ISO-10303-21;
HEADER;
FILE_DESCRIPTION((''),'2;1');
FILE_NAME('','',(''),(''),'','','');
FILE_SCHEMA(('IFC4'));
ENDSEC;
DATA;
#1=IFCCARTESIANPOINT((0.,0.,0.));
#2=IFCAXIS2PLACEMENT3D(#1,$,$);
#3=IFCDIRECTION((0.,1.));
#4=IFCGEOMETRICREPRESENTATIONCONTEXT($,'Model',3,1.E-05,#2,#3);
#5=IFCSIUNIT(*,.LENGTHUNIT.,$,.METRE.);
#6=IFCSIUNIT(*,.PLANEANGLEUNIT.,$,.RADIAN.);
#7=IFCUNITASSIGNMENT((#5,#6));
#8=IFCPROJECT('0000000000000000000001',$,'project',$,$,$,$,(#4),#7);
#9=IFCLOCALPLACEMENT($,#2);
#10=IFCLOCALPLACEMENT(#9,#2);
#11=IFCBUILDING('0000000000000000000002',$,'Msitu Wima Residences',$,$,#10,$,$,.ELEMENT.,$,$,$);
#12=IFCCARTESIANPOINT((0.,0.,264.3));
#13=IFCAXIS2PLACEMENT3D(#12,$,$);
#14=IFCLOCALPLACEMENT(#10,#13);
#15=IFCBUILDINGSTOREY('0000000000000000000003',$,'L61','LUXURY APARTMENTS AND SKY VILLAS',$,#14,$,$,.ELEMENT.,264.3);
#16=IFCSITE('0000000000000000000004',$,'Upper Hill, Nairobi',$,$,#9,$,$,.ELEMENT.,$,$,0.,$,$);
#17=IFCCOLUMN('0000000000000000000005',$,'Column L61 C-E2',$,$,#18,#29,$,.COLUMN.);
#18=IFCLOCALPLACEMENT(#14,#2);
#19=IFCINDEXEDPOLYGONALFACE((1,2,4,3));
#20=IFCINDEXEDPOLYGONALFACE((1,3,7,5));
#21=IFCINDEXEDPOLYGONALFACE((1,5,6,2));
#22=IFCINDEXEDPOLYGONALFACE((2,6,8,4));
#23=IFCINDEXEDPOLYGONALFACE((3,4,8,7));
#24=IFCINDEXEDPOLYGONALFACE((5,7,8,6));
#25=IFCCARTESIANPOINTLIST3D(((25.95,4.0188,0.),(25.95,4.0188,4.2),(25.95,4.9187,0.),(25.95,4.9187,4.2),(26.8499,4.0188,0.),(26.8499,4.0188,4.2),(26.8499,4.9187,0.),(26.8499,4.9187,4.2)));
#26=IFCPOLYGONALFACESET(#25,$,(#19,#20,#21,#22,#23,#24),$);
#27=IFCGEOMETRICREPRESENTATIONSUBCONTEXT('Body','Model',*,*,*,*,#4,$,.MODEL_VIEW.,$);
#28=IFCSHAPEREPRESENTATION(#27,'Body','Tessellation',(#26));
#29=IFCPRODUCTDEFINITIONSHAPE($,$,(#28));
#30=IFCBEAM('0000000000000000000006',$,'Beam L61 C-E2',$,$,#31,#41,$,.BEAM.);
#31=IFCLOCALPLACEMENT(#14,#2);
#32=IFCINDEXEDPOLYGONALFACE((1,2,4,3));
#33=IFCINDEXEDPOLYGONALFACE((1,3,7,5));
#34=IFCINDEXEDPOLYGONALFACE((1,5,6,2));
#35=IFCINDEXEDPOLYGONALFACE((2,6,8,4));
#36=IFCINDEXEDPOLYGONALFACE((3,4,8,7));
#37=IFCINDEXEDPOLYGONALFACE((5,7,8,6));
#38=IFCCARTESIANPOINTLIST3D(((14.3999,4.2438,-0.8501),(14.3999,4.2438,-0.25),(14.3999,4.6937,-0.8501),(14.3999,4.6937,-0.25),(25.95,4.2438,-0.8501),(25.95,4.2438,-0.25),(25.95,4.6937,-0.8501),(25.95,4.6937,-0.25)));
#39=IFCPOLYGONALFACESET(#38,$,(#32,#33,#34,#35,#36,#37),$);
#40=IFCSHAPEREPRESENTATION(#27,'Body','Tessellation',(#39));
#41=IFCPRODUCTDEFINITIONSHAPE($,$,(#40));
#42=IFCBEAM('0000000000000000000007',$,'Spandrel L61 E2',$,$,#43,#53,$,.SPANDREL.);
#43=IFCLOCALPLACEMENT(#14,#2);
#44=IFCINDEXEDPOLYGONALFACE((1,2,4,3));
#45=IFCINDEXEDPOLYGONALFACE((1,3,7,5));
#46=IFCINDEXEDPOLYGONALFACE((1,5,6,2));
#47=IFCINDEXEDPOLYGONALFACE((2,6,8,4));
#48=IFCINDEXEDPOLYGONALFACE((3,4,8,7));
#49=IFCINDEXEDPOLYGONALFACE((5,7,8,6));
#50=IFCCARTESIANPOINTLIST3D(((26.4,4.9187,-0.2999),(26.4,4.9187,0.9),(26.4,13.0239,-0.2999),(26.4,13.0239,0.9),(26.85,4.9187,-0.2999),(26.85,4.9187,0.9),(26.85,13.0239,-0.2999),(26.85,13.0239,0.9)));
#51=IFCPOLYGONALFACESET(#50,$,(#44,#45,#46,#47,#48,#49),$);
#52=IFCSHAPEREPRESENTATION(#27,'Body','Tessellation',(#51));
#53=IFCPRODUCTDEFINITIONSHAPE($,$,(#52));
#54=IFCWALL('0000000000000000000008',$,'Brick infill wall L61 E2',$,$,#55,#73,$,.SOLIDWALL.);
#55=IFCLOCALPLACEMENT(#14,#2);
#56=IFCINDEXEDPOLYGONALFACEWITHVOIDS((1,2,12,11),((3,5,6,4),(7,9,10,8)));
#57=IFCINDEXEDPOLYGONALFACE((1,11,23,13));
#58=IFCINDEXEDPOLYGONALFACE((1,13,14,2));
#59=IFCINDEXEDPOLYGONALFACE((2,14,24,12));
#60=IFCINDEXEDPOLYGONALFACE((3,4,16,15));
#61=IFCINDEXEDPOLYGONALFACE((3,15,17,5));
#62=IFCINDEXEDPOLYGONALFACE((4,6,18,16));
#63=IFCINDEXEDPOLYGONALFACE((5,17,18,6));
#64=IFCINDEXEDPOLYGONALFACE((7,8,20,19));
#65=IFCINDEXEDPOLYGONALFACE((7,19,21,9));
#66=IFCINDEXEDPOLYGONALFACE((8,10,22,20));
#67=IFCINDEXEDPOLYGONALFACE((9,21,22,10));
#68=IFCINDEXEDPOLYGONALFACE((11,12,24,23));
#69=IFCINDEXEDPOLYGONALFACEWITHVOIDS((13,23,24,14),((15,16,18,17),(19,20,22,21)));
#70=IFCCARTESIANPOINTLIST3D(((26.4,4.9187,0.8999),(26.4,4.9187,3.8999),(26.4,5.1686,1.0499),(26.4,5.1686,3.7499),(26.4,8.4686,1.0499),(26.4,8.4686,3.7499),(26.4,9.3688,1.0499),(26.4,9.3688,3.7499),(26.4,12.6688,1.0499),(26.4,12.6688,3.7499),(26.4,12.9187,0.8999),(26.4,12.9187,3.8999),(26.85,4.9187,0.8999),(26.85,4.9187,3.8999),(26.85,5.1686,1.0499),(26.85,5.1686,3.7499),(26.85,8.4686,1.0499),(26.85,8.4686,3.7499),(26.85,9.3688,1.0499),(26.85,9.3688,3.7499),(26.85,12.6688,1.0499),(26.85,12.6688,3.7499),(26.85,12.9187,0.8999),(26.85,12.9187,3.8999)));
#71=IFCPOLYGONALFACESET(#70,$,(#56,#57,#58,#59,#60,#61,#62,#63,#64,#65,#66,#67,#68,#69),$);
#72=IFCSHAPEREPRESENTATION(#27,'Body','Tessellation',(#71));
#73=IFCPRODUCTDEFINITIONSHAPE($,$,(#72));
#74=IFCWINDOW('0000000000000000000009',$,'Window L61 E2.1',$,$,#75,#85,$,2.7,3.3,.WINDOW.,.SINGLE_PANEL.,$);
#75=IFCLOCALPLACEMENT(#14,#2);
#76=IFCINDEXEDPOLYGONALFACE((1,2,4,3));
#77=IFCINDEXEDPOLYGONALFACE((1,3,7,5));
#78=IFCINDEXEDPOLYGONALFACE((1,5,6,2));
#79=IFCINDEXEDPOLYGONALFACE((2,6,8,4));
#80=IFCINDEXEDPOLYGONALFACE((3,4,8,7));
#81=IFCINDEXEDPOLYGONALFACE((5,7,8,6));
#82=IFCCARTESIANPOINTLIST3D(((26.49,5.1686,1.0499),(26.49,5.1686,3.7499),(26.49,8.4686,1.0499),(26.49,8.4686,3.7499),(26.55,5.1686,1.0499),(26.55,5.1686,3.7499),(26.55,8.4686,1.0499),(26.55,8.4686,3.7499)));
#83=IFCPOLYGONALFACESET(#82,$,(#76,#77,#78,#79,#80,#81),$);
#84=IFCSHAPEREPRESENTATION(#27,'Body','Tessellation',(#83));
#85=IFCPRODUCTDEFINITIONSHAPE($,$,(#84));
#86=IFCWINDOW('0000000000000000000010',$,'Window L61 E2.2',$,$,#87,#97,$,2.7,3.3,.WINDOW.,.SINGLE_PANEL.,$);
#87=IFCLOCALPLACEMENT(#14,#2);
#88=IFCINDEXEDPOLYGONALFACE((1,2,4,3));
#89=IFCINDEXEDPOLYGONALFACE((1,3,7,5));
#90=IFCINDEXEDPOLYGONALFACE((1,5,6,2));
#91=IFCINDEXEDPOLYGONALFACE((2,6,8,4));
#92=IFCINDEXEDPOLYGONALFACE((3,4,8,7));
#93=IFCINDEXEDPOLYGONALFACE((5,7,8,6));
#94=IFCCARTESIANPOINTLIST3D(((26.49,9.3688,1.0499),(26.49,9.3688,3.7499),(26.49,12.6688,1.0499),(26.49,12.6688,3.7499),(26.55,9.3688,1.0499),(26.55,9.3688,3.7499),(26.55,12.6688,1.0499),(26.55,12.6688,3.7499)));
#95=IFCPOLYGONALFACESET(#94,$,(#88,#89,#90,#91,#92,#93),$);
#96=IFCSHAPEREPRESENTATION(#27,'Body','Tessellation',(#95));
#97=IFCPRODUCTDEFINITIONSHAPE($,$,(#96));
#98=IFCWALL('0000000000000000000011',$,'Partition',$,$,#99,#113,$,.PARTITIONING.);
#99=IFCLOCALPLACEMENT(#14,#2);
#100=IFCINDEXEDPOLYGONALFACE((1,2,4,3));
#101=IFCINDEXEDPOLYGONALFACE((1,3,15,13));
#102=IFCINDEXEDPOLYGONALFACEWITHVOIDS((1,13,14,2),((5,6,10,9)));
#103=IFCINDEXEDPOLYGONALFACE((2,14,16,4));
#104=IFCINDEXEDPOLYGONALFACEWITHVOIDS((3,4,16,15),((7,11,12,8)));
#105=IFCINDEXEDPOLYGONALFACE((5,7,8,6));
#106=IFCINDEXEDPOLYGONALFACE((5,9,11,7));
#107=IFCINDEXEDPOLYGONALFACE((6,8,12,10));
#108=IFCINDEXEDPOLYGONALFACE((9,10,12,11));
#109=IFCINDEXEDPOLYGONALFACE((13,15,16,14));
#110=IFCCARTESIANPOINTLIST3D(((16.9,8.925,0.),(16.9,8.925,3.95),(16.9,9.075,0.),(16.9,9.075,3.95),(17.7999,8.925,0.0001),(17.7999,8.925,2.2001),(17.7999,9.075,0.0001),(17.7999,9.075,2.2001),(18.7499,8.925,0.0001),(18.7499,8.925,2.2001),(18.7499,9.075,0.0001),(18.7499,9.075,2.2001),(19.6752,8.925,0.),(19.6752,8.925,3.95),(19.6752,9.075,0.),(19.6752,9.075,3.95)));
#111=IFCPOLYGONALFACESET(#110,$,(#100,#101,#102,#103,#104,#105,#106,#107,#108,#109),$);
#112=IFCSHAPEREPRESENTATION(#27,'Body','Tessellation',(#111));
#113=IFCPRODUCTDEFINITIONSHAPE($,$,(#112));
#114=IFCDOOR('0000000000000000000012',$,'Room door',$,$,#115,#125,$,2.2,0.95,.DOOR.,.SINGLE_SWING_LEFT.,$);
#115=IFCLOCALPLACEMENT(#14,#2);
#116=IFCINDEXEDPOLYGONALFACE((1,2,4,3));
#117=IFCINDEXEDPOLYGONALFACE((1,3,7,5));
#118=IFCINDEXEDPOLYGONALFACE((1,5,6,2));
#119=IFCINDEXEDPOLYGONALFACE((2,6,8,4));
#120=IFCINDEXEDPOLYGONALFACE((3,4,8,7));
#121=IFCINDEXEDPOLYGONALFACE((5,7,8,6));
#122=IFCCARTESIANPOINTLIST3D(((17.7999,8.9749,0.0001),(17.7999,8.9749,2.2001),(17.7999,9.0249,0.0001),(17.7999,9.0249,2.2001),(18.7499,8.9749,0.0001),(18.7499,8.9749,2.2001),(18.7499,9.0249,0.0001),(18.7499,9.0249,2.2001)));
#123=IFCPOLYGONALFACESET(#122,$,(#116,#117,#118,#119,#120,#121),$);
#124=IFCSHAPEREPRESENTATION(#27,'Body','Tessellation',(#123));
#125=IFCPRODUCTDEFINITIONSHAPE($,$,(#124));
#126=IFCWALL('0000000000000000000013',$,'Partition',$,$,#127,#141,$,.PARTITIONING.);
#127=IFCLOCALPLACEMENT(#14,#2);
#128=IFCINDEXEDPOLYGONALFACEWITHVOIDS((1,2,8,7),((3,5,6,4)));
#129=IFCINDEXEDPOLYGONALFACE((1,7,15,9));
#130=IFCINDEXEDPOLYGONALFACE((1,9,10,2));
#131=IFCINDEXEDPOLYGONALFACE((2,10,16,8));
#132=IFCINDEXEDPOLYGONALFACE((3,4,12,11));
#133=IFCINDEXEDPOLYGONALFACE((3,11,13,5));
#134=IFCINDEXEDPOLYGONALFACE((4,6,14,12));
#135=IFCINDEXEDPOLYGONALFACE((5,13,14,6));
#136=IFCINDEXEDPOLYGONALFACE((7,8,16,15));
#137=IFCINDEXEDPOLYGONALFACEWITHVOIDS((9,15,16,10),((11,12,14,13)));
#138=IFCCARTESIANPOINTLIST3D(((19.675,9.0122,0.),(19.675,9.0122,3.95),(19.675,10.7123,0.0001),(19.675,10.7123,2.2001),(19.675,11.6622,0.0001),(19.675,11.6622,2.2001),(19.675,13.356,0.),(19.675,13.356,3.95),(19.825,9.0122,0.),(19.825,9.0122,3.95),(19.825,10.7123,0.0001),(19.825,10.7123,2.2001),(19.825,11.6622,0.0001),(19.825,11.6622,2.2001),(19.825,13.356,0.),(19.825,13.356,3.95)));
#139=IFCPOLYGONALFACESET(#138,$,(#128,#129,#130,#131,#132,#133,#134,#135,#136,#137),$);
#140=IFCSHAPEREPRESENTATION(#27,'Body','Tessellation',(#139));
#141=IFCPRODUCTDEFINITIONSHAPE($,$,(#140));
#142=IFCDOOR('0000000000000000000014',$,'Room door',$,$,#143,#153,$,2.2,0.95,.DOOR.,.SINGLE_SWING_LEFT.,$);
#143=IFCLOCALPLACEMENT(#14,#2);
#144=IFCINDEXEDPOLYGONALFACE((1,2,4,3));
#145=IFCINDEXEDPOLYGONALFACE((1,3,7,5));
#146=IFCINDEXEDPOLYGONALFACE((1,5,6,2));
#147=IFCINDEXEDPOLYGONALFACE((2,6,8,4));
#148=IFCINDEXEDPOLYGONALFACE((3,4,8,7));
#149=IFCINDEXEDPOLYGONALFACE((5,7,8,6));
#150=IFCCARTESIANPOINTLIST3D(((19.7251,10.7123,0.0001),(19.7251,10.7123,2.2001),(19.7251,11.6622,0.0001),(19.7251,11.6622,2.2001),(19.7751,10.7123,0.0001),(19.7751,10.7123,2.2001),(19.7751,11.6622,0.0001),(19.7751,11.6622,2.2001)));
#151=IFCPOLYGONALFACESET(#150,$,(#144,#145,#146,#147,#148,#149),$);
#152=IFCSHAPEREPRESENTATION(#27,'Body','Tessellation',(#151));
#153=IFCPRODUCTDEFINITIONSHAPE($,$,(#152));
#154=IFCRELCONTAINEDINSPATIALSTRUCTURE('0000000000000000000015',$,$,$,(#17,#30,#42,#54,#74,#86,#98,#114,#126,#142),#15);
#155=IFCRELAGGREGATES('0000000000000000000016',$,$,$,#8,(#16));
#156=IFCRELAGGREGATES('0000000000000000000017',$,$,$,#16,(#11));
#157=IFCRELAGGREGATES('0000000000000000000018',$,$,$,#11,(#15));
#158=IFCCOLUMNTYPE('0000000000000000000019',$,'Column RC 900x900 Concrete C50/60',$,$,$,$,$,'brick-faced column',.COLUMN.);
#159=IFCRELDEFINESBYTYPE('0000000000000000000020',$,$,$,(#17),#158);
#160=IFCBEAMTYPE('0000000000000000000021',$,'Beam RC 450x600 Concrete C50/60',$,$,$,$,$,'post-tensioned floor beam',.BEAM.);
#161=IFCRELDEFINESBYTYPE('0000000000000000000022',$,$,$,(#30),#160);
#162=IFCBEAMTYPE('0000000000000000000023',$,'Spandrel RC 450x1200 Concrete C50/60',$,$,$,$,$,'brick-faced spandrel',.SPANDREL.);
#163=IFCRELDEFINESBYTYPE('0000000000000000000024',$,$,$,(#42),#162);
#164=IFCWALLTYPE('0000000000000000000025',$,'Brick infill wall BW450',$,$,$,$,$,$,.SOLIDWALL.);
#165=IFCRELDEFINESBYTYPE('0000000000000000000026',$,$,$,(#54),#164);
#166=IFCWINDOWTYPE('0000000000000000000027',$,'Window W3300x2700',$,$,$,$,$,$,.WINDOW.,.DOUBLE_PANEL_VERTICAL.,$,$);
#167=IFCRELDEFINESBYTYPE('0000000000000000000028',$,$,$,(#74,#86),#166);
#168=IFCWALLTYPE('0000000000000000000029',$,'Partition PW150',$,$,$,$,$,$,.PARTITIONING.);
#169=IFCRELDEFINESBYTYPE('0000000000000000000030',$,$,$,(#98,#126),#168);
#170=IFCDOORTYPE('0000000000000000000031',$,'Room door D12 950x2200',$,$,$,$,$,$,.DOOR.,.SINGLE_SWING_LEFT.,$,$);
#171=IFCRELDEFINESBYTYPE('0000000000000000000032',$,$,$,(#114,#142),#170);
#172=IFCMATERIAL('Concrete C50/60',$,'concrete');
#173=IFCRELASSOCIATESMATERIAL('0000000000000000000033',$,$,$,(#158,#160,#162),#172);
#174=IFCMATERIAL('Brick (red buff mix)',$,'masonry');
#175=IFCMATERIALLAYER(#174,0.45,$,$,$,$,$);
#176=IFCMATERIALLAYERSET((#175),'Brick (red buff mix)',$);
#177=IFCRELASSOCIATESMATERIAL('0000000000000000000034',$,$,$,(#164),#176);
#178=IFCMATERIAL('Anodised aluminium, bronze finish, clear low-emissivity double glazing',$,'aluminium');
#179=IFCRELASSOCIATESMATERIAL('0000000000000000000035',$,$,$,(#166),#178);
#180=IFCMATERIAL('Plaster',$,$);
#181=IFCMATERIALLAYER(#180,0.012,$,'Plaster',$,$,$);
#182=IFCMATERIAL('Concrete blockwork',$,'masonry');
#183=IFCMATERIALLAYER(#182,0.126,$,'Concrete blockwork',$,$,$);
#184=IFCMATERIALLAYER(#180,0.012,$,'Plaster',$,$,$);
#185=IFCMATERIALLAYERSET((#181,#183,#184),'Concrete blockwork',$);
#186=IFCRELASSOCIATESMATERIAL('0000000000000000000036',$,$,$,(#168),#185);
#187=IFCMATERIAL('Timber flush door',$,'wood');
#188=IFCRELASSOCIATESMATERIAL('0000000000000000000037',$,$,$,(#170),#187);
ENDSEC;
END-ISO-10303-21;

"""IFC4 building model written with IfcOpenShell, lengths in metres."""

from ifc_helpers import new_model, si_unit, direction, frame, frame_2d, origin, origin_2d, place, context, subcontext, project, spatial, rectangle, extrude, material, layer, layer_set, material_profile, profile_set, type_object, element, fill, save


model = new_model("IFC4")

# Units and contexts
model_context = context("Model", 3, precision=1e-05, world=origin(), true_north=direction((0.0, 1.0)))
body_context = subcontext(model_context, "Body", "Model", "MODEL_VIEW")
ifc_project = project(units=[si_unit("LENGTHUNIT", "METRE"), si_unit("PLANEANGLEUNIT", "RADIAN")], contexts=[model_context])

# Site, building, storey
site_placement = place(None, origin())
site = spatial("IfcSite", under=ifc_project, at=site_placement, Name="Upper Hill, Nairobi", CompositionType="ELEMENT", RefElevation=0.0)
building_placement = place(site_placement, origin())
building = spatial("IfcBuilding", under=site, at=building_placement, Name="Msitu Wima Residences", CompositionType="ELEMENT")
storey_placement = place(building_placement, frame((0.0, 0.0, 264.3)))
storey = spatial("IfcBuildingStorey", under=building, at=storey_placement, Name="L61", Description="LUXURY APARTMENTS AND SKY VILLAS", CompositionType="ELEMENT", Elevation=264.3)

# Column
ifc_material_1 = material(Name="Concrete C50/60", Category="concrete")
ifc_material_profile_1 = material_profile(ifc_material_1, rectangle(XDim=0.8999, YDim=0.8999, at=origin_2d()), Name="RC 900x900")
ifc_profile_set_1 = profile_set([ifc_material_profile_1], Name="Concrete C50/60")
column_type = type_object("IfcColumnType", Name="Column RC 900x900 Concrete C50/60", ElementType="brick-faced column", PredefinedType="COLUMN", material=ifc_profile_set_1)
column_placement = place(storey_placement, frame((26.3999, 4.4688, 0.0), z_axis=(0.0, 0.0, 1.0), x_axis=(0.0, 1.0, 0.0)))
element("IfcColumn", 1, at=column_placement, inside=storey, type_object=column_type, Name="Column L61 C-E2", PredefinedType="COLUMN", context=body_context, shape_type="SweptSolid", body=[
    extrude(rectangle(XDim=0.8999, YDim=0.8999, at=origin_2d()), origin(), (0.0, 0.0, 1.0), 4.2),
])

# Beams
ifc_material_profile_2 = material_profile(ifc_material_1, rectangle(XDim=0.45, YDim=0.6001, at=origin_2d()), Name="RC 450x600")
ifc_profile_set_2 = profile_set([ifc_material_profile_2], Name="Concrete C50/60")
beam_type_1 = type_object("IfcBeamType", Name="Beam RC 450x600 Concrete C50/60", ElementType="post-tensioned floor beam", PredefinedType="BEAM", material=ifc_profile_set_2)
beam_1_placement = place(storey_placement, frame((25.95, 4.4688, -0.55), z_axis=(-1.0, 0.0, 0.0), x_axis=(0.0, -1.0, 0.0)))
element("IfcBeam", 2, at=beam_1_placement, inside=storey, type_object=beam_type_1, Name="Beam L61 C-E2", PredefinedType="BEAM", context=body_context, shape_type="SweptSolid", body=[
    extrude(rectangle(XDim=0.45, YDim=0.6001, at=origin_2d()), origin(), (0.0, 0.0, 1.0), 11.55),
])
ifc_material_profile_3 = material_profile(ifc_material_1, rectangle(XDim=0.45, YDim=1.2, at=origin_2d()), Name="RC 450x1200")
ifc_profile_set_3 = profile_set([ifc_material_profile_3], Name="Concrete C50/60")
beam_type_2 = type_object("IfcBeamType", Name="Spandrel RC 450x1200 Concrete C50/60", ElementType="brick-faced spandrel", PredefinedType="SPANDREL", material=ifc_profile_set_3)
beam_2_placement = place(storey_placement, frame((26.625, 4.9187, 0.3), z_axis=(0.0, 1.0, 0.0), x_axis=(-1.0, 0.0, 0.0)))
element("IfcBeam", 3, at=beam_2_placement, inside=storey, type_object=beam_type_2, Name="Spandrel L61 E2", PredefinedType="SPANDREL", context=body_context, shape_type="SweptSolid", body=[
    extrude(rectangle(XDim=0.45, YDim=1.2, at=origin_2d()), origin(), (0.0, 0.0, 1.0), 8.1052),
])

# Wall, openings, windows
ifc_material_2 = material(Name="Brick (red buff mix)", Category="masonry")
ifc_layer_1 = layer(ifc_material_2, 0.45)
ifc_layer_set_1 = layer_set([ifc_layer_1], Name="Brick (red buff mix)")
wall_type_1 = type_object("IfcWallType", Name="Brick infill wall BW450", PredefinedType="SOLIDWALL", material=ifc_layer_set_1)
wall_1_placement = place(storey_placement, frame((26.625, 4.9187, 0.8999), z_axis=(0.0, 0.0, 1.0), x_axis=(0.0, 1.0, 0.0)))
wall_1 = element("IfcWall", 4, at=wall_1_placement, inside=storey, type_object=wall_type_1, Name="Brick infill wall L61 E2", PredefinedType="SOLIDWALL", context=body_context, shape_type="SweptSolid", body=[
    extrude(rectangle(XDim=8.0, YDim=0.45, at=frame_2d((4.0, 0.0))), origin(), (0.0, 0.0, 1.0), 3.0),
])
opening_1_placement = place(wall_1_placement, frame((0.25, 0.0, 0.1499)))
opening_1 = element("IfcOpeningElement", 5, at=opening_1_placement, cuts=wall_1, PredefinedType="OPENING", context=body_context, shape_type="SweptSolid", body=[
    extrude(rectangle(XDim=3.3, YDim=2.7, at=frame_2d((1.6499, 1.3501))), frame((0.0, 0.2349, 0.0), z_axis=(0.0, -1.0, 0.0), x_axis=(1.0, 0.0, 0.0)), (0.0, 0.0, 1.0), 0.47),
])
opening_2_placement = place(wall_1_placement, frame((4.4502, 0.0, 0.1499)))
opening_2 = element("IfcOpeningElement", 6, at=opening_2_placement, cuts=wall_1, PredefinedType="OPENING", context=body_context, shape_type="SweptSolid", body=[
    extrude(rectangle(XDim=3.3, YDim=2.7, at=frame_2d((1.6499, 1.3501))), frame((0.0, 0.2349, 0.0), z_axis=(0.0, -1.0, 0.0), x_axis=(1.0, 0.0, 0.0)), (0.0, 0.0, 1.0), 0.47),
])
ifc_material_3 = material(Name="Anodised aluminium, bronze finish, clear low-emissivity double glazing", Category="aluminium")
window_type = type_object("IfcWindowType", Name="Window W3300x2700", PartitioningType="DOUBLE_PANEL_VERTICAL", PredefinedType="WINDOW", material=ifc_material_3)
window_1_placement = place(opening_1_placement, origin())
window_1 = element("IfcWindow", 7, at=window_1_placement, inside=storey, type_object=window_type, Name="Window L61 E2.1", OverallHeight=2.7, OverallWidth=3.3, PartitioningType="SINGLE_PANEL", PredefinedType="WINDOW", context=body_context, shape_type="SweptSolid", body=[
    extrude(rectangle(XDim=3.3, YDim=2.7, at=frame_2d((1.6499, 1.3501))), frame((0.0, 0.135, 0.0), z_axis=(0.0, -1.0, 0.0), x_axis=(1.0, 0.0, 0.0)), (0.0, 0.0, 1.0), 0.0601),
])
fill(opening_1, window_1)
window_2_placement = place(opening_2_placement, origin())
window_2 = element("IfcWindow", 8, at=window_2_placement, inside=storey, type_object=window_type, Name="Window L61 E2.2", OverallHeight=2.7, OverallWidth=3.3, PartitioningType="SINGLE_PANEL", PredefinedType="WINDOW", context=body_context, shape_type="SweptSolid", body=[
    extrude(rectangle(XDim=3.3, YDim=2.7, at=frame_2d((1.6499, 1.3501))), frame((0.0, 0.135, 0.0), z_axis=(0.0, -1.0, 0.0), x_axis=(1.0, 0.0, 0.0)), (0.0, 0.0, 1.0), 0.0601),
])
fill(opening_2, window_2)

# Walls, openings, doors
ifc_material_4 = material(Name="Plaster")
ifc_layer_2 = layer(ifc_material_4, 0.012, Name="Plaster")
ifc_material_5 = material(Name="Concrete blockwork", Category="masonry")
ifc_layer_3 = layer(ifc_material_5, 0.126, Name="Concrete blockwork")
ifc_layer_4 = layer(ifc_material_4, 0.012, Name="Plaster")
ifc_layer_set_2 = layer_set([ifc_layer_2, ifc_layer_3, ifc_layer_4], Name="Concrete blockwork")
wall_type_2 = type_object("IfcWallType", Name="Partition PW150", PredefinedType="PARTITIONING", material=ifc_layer_set_2)
wall_2_placement = place(storey_placement, frame((16.8999, 9.0, 0.0), z_axis=(0.0, 0.0, 1.0), x_axis=(1.0, 0.0, 0.0)))
wall_2 = element("IfcWall", 9, at=wall_2_placement, inside=storey, type_object=wall_type_2, Name="Partition", PredefinedType="PARTITIONING", context=body_context, shape_type="SweptSolid", body=[
    extrude(rectangle(XDim=2.7751, YDim=0.1499, at=frame_2d((1.3877, 0.0))), origin(), (0.0, 0.0, 1.0), 3.95),
])
opening_3_placement = place(wall_2_placement, frame((0.8999, 0.0, 0.0)))
opening_3 = element("IfcOpeningElement", 10, at=opening_3_placement, cuts=wall_2, PredefinedType="OPENING", context=body_context, shape_type="SweptSolid", body=[
    extrude(rectangle(XDim=0.95, YDim=2.2, at=frame_2d((0.4751, 1.1001))), frame((0.0, 0.085, 0.0), z_axis=(0.0, -1.0, 0.0), x_axis=(1.0, 0.0, 0.0)), (0.0, 0.0, 1.0), 0.1699),
])
ifc_material_6 = material(Name="Timber flush door", Category="wood")
door_type_1 = type_object("IfcDoorType", Name="Room door D12 950x2200", OperationType="SINGLE_SWING_LEFT", PredefinedType="DOOR", material=ifc_material_6)
door_1_placement = place(opening_3_placement, origin())
door_1 = element("IfcDoor", 11, at=door_1_placement, inside=storey, type_object=door_type_1, Name="Room door", OperationType="SINGLE_SWING_LEFT", OverallHeight=2.2, OverallWidth=0.95, PredefinedType="DOOR", context=body_context, shape_type="SweptSolid", body=[
    extrude(rectangle(XDim=0.95, YDim=2.2, at=frame_2d((0.4751, 1.1001))), frame((0.0, 0.0249, 0.0), z_axis=(0.0, -1.0, 0.0), x_axis=(1.0, 0.0, 0.0)), (0.0, 0.0, 1.0), 0.05),
])
fill(opening_3, door_1)
wall_3_placement = place(storey_placement, frame((19.75, 9.0122, 0.0), z_axis=(0.0, 0.0, 1.0), x_axis=(0.0, 1.0, 0.0)))
wall_3 = element("IfcWall", 12, at=wall_3_placement, inside=storey, type_object=wall_type_2, Name="Partition", PredefinedType="PARTITIONING", context=body_context, shape_type="SweptSolid", body=[
    extrude(rectangle(XDim=4.3438, YDim=0.1499, at=frame_2d((2.1719, 0.0))), origin(), (0.0, 0.0, 1.0), 3.95),
])
opening_4_placement = place(wall_3_placement, frame((1.7, 0.0, 0.0)))
opening_4 = element("IfcOpeningElement", 13, at=opening_4_placement, cuts=wall_3, PredefinedType="OPENING", context=body_context, shape_type="SweptSolid", body=[
    extrude(rectangle(XDim=0.95, YDim=2.2, at=frame_2d((0.4751, 1.1001))), frame((0.0, 0.085, 0.0), z_axis=(0.0, -1.0, 0.0), x_axis=(1.0, 0.0, 0.0)), (0.0, 0.0, 1.0), 0.1699),
])
door_2_placement = place(opening_4_placement, origin())
door_2 = element("IfcDoor", 14, at=door_2_placement, inside=storey, type_object=door_type_1, Name="Room door", OperationType="SINGLE_SWING_LEFT", OverallHeight=2.2, OverallWidth=0.95, PredefinedType="DOOR", context=body_context, shape_type="SweptSolid", body=[
    extrude(rectangle(XDim=0.95, YDim=2.2, at=frame_2d((0.4751, 1.1001))), frame((0.0, 0.0249, 0.0), z_axis=(0.0, -1.0, 0.0), x_axis=(1.0, 0.0, 0.0)), (0.0, 0.0, 1.0), 0.05),
])
fill(opening_4, door_2)

save(model, "model.ifc")
